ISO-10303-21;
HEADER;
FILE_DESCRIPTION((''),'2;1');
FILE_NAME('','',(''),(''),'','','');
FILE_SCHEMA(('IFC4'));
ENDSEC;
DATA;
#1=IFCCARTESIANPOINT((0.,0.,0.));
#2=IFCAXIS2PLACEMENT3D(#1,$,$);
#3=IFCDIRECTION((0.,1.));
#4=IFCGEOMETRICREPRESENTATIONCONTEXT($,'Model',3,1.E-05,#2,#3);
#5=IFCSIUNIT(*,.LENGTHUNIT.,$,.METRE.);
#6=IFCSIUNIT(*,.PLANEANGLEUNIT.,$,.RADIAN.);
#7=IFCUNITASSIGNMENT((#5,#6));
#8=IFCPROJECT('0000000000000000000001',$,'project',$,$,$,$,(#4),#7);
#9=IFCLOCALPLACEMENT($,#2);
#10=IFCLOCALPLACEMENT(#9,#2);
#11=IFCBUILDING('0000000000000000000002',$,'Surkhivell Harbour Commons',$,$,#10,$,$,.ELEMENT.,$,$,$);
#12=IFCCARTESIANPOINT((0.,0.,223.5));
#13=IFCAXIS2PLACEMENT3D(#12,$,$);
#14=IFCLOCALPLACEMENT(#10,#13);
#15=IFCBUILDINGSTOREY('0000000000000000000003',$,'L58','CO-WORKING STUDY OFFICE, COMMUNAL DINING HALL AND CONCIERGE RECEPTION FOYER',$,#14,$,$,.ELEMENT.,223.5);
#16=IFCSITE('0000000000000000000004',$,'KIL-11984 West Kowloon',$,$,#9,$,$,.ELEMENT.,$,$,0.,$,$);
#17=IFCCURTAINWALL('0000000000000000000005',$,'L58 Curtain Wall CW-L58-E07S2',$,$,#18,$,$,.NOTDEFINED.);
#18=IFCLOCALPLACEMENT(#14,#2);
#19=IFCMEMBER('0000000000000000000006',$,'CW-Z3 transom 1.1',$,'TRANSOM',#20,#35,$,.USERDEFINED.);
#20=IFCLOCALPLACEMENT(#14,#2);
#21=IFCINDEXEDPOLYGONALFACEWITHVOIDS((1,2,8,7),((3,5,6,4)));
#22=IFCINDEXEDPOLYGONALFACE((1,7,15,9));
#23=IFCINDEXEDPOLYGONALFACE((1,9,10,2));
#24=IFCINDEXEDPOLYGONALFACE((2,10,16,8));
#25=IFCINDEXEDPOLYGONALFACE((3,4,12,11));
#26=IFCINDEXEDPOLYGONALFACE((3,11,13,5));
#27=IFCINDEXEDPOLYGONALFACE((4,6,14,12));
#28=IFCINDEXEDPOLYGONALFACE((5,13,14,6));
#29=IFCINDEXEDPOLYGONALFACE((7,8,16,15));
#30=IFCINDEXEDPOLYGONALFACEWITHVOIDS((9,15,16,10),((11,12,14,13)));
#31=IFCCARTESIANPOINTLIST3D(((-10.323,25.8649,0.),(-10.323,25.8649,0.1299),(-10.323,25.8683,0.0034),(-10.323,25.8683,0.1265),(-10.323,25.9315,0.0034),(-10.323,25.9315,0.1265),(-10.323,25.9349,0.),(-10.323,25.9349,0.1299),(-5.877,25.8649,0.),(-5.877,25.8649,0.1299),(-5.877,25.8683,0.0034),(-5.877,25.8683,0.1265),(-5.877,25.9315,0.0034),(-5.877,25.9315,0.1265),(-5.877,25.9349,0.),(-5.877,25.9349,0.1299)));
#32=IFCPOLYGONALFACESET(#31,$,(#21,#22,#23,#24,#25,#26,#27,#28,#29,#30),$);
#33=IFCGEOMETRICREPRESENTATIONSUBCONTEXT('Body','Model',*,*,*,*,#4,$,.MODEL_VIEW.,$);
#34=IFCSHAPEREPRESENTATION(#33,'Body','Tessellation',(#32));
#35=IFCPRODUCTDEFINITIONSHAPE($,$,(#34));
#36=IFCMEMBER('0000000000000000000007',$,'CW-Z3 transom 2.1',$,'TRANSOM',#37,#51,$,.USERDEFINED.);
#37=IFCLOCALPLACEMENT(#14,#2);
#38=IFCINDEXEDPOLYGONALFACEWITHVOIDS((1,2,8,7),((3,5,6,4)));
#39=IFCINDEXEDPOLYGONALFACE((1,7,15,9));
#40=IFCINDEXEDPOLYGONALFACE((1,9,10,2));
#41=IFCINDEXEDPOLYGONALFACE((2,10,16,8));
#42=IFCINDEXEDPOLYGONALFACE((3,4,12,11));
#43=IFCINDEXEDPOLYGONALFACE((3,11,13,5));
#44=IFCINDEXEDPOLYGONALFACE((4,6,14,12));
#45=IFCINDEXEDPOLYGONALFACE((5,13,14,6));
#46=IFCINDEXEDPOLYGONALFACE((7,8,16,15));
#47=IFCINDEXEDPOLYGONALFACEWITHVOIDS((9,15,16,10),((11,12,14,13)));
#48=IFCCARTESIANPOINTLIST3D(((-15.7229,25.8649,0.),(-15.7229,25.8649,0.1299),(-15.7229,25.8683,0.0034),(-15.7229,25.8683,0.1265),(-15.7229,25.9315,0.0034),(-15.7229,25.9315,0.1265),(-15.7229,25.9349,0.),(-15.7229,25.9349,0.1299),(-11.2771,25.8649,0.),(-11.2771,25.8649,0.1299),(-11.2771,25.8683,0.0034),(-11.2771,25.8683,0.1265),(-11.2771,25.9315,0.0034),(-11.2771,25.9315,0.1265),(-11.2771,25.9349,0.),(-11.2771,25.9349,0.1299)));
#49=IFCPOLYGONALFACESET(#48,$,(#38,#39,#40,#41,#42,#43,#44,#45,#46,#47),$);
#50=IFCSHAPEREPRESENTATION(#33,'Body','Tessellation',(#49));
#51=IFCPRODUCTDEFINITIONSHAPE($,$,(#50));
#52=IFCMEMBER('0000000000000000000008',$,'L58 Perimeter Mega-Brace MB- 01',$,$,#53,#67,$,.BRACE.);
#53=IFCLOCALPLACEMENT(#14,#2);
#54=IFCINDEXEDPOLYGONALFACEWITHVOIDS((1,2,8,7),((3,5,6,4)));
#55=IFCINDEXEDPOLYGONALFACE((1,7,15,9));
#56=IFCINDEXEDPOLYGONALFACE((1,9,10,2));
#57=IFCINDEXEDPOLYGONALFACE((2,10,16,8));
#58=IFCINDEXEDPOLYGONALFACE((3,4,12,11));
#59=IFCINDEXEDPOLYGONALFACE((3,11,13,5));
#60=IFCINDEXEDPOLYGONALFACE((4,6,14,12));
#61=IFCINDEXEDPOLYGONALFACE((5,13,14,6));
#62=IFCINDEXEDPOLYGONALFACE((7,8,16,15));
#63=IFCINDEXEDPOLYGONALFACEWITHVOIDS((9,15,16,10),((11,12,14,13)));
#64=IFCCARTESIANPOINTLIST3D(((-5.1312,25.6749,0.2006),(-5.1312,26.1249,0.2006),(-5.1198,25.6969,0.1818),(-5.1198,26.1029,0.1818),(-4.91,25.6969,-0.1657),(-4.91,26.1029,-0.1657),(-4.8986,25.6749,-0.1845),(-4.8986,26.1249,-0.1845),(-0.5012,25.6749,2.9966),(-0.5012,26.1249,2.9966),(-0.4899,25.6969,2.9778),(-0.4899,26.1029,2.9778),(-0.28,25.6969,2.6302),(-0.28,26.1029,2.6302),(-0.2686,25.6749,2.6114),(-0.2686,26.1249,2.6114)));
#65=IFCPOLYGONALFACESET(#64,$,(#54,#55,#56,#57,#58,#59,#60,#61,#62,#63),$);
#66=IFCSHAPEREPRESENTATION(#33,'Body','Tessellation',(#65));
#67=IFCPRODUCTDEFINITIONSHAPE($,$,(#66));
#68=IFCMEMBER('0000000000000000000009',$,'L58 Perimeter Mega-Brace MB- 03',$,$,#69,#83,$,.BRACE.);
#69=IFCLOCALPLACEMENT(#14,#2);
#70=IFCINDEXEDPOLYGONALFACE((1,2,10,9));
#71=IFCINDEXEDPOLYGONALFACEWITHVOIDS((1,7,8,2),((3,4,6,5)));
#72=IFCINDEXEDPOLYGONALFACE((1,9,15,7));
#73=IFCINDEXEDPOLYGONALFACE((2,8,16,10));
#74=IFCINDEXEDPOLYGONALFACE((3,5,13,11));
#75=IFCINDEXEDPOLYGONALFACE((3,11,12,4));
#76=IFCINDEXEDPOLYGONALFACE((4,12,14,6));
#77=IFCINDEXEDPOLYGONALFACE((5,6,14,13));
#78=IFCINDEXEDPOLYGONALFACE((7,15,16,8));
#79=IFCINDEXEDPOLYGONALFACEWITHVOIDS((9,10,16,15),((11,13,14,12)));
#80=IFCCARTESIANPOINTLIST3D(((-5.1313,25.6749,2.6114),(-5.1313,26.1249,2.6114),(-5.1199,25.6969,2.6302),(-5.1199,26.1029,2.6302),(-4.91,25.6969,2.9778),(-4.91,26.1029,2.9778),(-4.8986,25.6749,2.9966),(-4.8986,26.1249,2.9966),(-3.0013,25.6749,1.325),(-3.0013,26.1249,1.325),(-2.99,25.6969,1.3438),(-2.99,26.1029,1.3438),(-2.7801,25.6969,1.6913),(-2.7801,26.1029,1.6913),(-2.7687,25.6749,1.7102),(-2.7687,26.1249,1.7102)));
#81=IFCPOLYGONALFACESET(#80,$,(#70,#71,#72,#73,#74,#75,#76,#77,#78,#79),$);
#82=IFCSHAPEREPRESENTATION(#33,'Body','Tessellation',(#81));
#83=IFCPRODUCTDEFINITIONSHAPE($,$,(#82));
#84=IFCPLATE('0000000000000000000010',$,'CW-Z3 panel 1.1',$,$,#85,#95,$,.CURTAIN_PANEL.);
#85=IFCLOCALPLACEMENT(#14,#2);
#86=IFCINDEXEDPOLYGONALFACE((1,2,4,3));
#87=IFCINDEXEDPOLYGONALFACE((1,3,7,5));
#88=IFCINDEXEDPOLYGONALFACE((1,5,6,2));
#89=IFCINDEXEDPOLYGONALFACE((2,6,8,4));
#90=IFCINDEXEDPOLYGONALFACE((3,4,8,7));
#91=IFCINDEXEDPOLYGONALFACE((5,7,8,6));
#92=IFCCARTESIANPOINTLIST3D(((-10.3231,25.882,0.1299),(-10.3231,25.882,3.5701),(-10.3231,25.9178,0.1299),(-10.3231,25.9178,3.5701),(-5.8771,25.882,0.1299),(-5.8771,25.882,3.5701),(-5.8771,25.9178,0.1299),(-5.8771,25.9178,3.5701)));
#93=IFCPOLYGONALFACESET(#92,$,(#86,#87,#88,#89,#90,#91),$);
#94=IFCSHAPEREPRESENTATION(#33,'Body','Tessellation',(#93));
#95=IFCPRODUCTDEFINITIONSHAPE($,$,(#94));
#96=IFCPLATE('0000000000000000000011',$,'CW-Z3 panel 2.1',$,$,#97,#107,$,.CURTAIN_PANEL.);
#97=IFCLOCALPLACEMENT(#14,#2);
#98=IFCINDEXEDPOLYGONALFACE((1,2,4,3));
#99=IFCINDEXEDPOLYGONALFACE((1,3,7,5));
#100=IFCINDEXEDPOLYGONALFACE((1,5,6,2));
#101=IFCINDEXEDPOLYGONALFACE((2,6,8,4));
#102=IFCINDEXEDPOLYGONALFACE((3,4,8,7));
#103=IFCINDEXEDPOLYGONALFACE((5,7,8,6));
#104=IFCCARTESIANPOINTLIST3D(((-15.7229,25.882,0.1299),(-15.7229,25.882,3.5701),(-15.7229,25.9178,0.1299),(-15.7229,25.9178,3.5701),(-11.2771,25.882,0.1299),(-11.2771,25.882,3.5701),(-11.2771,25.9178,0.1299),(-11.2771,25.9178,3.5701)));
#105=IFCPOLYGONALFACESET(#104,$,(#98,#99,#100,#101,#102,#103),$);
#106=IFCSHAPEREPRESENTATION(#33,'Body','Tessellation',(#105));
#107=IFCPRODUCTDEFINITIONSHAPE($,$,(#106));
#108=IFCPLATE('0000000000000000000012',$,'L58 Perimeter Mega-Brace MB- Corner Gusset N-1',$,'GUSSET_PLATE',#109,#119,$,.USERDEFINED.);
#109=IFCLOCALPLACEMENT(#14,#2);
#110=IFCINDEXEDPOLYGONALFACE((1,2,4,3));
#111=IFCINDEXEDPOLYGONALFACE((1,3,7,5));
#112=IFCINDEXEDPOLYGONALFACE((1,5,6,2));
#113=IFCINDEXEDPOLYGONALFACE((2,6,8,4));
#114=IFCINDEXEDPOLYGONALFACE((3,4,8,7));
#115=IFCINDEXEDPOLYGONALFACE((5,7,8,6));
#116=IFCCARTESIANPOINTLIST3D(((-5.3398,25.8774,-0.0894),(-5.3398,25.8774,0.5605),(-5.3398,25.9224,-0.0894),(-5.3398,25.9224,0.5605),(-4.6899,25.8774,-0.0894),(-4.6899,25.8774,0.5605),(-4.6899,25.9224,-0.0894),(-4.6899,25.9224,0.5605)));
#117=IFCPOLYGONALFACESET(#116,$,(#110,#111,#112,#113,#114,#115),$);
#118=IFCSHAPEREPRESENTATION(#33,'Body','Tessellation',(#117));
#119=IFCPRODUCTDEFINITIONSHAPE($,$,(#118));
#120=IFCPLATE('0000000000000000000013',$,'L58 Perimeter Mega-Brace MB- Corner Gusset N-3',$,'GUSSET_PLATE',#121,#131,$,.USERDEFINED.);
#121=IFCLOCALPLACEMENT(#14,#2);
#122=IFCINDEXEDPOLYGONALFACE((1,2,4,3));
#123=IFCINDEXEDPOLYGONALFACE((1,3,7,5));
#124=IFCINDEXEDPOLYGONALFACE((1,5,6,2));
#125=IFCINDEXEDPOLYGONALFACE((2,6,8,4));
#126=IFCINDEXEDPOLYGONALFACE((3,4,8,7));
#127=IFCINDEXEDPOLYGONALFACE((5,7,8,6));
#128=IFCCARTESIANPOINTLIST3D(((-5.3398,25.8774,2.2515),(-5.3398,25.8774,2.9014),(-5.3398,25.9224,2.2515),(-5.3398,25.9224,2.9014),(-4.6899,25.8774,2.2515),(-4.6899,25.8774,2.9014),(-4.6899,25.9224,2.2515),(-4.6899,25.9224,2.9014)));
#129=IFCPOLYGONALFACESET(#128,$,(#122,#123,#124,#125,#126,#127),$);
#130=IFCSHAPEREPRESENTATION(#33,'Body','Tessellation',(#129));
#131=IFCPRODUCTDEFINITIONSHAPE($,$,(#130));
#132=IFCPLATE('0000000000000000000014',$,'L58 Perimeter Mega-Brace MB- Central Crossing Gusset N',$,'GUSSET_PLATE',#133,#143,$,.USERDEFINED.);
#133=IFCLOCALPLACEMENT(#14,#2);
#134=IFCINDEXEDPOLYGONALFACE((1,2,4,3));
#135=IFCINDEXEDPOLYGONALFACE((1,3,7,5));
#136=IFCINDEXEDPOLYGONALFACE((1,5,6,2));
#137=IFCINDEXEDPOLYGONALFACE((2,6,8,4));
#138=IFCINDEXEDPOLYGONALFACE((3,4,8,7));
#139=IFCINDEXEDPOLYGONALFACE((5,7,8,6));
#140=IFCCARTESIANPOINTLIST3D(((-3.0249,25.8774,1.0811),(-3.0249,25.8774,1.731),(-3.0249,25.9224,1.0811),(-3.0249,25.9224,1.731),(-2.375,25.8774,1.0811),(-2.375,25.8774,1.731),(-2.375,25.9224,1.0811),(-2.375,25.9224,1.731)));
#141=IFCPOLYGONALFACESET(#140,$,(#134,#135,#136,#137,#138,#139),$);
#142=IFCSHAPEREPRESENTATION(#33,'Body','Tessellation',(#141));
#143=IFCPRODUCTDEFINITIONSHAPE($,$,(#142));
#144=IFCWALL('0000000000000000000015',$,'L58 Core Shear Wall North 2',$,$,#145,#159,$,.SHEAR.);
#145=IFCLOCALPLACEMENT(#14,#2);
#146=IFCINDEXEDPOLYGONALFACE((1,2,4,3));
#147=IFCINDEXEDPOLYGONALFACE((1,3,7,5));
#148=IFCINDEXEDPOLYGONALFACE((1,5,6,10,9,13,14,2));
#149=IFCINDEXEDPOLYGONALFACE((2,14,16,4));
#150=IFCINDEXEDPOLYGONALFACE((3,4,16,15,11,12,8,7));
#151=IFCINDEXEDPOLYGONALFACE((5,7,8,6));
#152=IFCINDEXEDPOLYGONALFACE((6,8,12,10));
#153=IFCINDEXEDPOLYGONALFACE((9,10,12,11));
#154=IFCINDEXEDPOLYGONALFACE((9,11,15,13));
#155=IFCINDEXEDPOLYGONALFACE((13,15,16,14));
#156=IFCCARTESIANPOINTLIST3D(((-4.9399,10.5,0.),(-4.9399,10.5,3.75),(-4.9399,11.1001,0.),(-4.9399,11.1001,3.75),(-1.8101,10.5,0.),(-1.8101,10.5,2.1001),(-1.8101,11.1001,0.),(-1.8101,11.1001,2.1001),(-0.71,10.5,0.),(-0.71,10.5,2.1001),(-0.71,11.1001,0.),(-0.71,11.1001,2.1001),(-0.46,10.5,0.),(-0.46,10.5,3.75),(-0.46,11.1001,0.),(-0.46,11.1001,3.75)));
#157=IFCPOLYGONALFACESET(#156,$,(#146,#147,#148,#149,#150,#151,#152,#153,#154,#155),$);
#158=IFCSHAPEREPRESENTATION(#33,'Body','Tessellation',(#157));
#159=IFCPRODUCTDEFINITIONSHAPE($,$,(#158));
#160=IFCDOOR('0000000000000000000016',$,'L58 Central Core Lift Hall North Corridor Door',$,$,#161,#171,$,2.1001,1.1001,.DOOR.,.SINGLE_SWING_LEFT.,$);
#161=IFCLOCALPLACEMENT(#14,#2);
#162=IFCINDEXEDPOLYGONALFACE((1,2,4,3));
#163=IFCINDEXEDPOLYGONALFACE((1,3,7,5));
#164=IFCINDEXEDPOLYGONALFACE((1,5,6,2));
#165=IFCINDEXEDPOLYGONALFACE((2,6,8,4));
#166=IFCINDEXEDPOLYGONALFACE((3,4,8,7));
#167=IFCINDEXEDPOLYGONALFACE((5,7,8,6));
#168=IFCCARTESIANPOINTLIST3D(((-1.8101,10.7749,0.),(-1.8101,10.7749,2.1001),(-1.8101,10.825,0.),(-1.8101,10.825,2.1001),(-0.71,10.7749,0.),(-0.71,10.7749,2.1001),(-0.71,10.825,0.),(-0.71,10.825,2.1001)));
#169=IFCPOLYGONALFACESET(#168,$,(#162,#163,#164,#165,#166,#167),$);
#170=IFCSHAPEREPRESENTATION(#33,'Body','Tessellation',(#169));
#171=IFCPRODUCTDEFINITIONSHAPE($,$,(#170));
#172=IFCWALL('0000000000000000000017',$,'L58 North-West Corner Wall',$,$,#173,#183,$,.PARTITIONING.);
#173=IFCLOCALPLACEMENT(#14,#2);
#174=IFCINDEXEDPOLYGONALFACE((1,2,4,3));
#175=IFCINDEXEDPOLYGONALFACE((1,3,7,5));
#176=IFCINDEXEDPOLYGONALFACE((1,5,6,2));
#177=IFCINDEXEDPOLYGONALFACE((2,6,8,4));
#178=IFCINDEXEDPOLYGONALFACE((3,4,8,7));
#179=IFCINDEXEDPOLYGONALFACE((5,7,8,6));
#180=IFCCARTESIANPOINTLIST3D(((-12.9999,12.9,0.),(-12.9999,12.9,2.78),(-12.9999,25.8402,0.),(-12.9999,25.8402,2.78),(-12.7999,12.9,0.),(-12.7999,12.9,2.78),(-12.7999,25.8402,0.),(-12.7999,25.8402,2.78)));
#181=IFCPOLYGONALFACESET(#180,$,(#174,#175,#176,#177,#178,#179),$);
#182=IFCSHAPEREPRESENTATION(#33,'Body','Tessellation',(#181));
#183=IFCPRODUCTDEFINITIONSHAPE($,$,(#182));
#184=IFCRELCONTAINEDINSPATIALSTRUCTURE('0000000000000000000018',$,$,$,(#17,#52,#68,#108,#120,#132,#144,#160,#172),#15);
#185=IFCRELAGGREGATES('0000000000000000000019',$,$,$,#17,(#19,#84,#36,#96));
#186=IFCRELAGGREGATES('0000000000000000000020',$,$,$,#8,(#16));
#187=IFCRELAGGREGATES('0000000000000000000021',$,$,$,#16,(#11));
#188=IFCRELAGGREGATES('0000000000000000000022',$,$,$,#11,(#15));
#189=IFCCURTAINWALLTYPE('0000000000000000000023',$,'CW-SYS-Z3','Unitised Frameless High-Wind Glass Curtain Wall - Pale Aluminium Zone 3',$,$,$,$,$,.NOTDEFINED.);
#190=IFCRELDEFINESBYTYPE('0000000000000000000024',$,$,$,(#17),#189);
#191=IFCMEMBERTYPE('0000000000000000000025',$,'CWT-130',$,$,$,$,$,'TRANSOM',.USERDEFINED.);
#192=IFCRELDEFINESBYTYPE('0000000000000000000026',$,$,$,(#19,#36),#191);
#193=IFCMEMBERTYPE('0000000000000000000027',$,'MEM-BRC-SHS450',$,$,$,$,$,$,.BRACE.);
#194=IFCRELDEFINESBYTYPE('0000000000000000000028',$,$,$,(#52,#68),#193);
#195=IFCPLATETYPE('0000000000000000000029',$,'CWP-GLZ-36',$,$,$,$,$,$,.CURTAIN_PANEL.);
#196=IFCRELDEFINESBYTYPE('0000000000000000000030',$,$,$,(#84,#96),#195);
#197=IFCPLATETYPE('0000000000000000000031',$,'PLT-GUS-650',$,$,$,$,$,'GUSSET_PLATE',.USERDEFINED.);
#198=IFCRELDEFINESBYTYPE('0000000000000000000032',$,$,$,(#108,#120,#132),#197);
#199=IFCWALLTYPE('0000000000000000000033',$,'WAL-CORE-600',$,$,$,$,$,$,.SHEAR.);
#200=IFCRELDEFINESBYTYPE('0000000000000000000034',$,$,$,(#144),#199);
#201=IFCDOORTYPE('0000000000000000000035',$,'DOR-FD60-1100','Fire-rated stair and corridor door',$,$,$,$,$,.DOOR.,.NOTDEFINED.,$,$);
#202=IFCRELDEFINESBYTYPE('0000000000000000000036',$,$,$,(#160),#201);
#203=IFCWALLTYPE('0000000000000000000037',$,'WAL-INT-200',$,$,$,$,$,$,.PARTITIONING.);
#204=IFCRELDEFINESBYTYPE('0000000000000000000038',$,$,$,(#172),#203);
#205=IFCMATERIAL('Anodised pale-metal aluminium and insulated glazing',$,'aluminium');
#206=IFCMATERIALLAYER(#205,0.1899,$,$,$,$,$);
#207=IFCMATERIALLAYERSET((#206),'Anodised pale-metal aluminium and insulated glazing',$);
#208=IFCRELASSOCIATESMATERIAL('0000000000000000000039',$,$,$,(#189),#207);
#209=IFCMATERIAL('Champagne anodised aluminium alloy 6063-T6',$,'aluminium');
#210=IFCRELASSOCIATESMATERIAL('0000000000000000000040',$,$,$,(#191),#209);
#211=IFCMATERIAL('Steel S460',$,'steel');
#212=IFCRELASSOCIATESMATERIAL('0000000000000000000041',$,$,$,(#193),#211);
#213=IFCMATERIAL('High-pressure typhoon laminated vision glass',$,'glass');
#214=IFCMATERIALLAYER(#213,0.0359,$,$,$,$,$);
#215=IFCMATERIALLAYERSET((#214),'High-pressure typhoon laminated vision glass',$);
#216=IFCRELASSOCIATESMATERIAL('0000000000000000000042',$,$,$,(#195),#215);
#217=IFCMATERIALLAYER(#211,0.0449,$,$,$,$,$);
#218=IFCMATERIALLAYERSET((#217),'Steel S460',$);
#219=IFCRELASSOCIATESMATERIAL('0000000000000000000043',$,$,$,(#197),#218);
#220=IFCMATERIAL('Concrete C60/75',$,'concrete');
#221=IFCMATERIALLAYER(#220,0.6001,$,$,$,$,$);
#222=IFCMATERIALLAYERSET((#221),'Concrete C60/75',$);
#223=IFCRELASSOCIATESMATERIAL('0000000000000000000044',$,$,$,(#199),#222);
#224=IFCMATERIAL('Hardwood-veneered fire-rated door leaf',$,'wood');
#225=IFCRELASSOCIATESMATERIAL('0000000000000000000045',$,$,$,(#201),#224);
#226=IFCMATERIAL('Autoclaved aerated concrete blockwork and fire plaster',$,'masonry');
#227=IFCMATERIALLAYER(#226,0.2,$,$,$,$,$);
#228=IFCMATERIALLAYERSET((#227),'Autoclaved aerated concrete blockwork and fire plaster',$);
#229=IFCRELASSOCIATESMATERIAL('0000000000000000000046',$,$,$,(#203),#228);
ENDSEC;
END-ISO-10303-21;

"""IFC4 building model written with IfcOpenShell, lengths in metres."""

from ifc_helpers import new_model, si_unit, direction, frame, frame_2d, origin, origin_2d, place, context, subcontext, project, spatial, rectangle, hollow_rectangle, extrude, material, layer, layer_set, material_profile, profile_set, type_object, element, fill, aggregate, save


model = new_model("IFC4")

# Units and contexts
model_context = context("Model", 3, precision=1e-05, world=origin(), true_north=direction((0.0, 1.0)))
body_context = subcontext(model_context, "Body", "Model", "MODEL_VIEW")
ifc_project = project(units=[si_unit("LENGTHUNIT", "METRE"), si_unit("PLANEANGLEUNIT", "RADIAN")], contexts=[model_context])

# Site, building, storey
site_placement = place(None, origin())
site = spatial("IfcSite", under=ifc_project, at=site_placement, Name="KIL-11984 West Kowloon", CompositionType="ELEMENT", RefElevation=0.0)
building_placement = place(site_placement, origin())
building = spatial("IfcBuilding", under=site, at=building_placement, Name="Surkhivell Harbour Commons", CompositionType="ELEMENT")
storey_placement = place(building_placement, frame((0.0, 0.0, 223.5)))
storey = spatial("IfcBuildingStorey", under=building, at=storey_placement, Name="L58", Description="CO-WORKING STUDY OFFICE, COMMUNAL DINING HALL AND CONCIERGE RECEPTION FOYER", CompositionType="ELEMENT", Elevation=223.5)

# Curtain wall, members
ifc_material_1 = material(Name="Anodised pale-metal aluminium and insulated glazing", Category="aluminium")
ifc_layer_1 = layer(ifc_material_1, 0.1899)
ifc_layer_set_1 = layer_set([ifc_layer_1], Name="Anodised pale-metal aluminium and insulated glazing")
curtain_wall_type = type_object("IfcCurtainWallType", Name="CW-SYS-Z3", Description="Unitised Frameless High-Wind Glass Curtain Wall - Pale Aluminium Zone 3", PredefinedType="NOTDEFINED", material=ifc_layer_set_1)
curtain_wall_placement = place(storey_placement, origin())
curtain_wall = element("IfcCurtainWall", 1, at=curtain_wall_placement, inside=storey, type_object=curtain_wall_type, Name="L58 Curtain Wall CW-L58-E07S2", PredefinedType="NOTDEFINED")
ifc_material_2 = material(Name="Champagne anodised aluminium alloy 6063-T6", Category="aluminium")
ifc_material_profile_1 = material_profile(ifc_material_2, hollow_rectangle(XDim=0.0701, YDim=0.1299, WallThickness=0.0034, at=origin_2d()), Name="ALU-TRAN-70x130")
ifc_profile_set_1 = profile_set([ifc_material_profile_1], Name="Champagne anodised aluminium alloy 6063-T6")
member_type_1 = type_object("IfcMemberType", Name="CWT-130", ElementType="TRANSOM", PredefinedType="USERDEFINED", material=ifc_profile_set_1)
member_1_placement = place(storey_placement, frame((-5.877, 25.8999, 0.0649), z_axis=(-1.0, 0.0, 0.0), x_axis=(0.0, -1.0, 0.0)))
member_1 = element("IfcMember", 2, at=member_1_placement, type_object=member_type_1, Name="CW-Z3 transom 1.1", ObjectType="TRANSOM", PredefinedType="USERDEFINED", context=body_context, shape_type="SweptSolid", body=[
    extrude(hollow_rectangle(XDim=0.0701, YDim=0.1299, WallThickness=0.0034, at=origin_2d()), origin(), (0.0, 0.0, 1.0), 4.446),
])
member_2_placement = place(storey_placement, frame((-11.2771, 25.8999, 0.0649), z_axis=(-1.0, 0.0, 0.0), x_axis=(0.0, -1.0, 0.0)))
member_2 = element("IfcMember", 3, at=member_2_placement, type_object=member_type_1, Name="CW-Z3 transom 2.1", ObjectType="TRANSOM", PredefinedType="USERDEFINED", context=body_context, shape_type="SweptSolid", body=[
    extrude(hollow_rectangle(XDim=0.0701, YDim=0.1299, WallThickness=0.0034, at=origin_2d()), origin(), (0.0, 0.0, 1.0), 4.4458),
])

# Members
ifc_material_3 = material(Name="Steel S460", Category="steel")
ifc_material_profile_2 = material_profile(ifc_material_3, hollow_rectangle(XDim=0.45, YDim=0.45, WallThickness=0.022, at=origin_2d()), Name="SHS450x450x22")
ifc_profile_set_2 = profile_set([ifc_material_profile_2], Name="Steel S460")
member_type_2 = type_object("IfcMemberType", Name="MEM-BRC-SHS450", PredefinedType="BRACE", material=ifc_profile_set_2)
member_3_placement = place(storey_placement, frame((-5.0149, 25.8999, 0.0081), z_axis=(0.856024, 0.0, 0.516937), x_axis=(0.0, 1.0, 0.0)))
element("IfcMember", 4, at=member_3_placement, inside=storey, type_object=member_type_2, Name="L58 Perimeter Mega-Brace MB- 01", PredefinedType="BRACE", context=body_context, shape_type="SweptSolid", body=[
    extrude(hollow_rectangle(XDim=0.45, YDim=0.45, WallThickness=0.022, at=origin_2d()), origin(), (0.0, 0.0, 1.0), 5.4087),
])
member_4_placement = place(storey_placement, frame((-2.885, 25.8999, 1.5176), z_axis=(-0.855992, 0.0, 0.51699), x_axis=(0.0, -1.0, 0.0)))
element("IfcMember", 5, at=member_4_placement, inside=storey, type_object=member_type_2, Name="L58 Perimeter Mega-Brace MB- 03", PredefinedType="BRACE", context=body_context, shape_type="SweptSolid", body=[
    extrude(hollow_rectangle(XDim=0.45, YDim=0.45, WallThickness=0.022, at=origin_2d()), origin(), (0.0, 0.0, 1.0), 2.4883),
])

# Plates
ifc_material_4 = material(Name="High-pressure typhoon laminated vision glass", Category="glass")
ifc_layer_2 = layer(ifc_material_4, 0.0359)
ifc_layer_set_2 = layer_set([ifc_layer_2], Name="High-pressure typhoon laminated vision glass")
plate_type_1 = type_object("IfcPlateType", Name="CWP-GLZ-36", PredefinedType="CURTAIN_PANEL", material=ifc_layer_set_2)
plate_1_placement = place(storey_placement, frame((-5.877, 25.8999, 0.1299), z_axis=(0.0, 0.0, 1.0), x_axis=(-1.0, 0.0, 0.0)))
plate_1 = element("IfcPlate", 6, at=plate_1_placement, type_object=plate_type_1, Name="CW-Z3 panel 1.1", PredefinedType="CURTAIN_PANEL", context=body_context, shape_type="SweptSolid", body=[
    extrude(rectangle(XDim=4.446, YDim=0.0359, at=frame_2d((2.2231, 0.0))), origin(), (0.0, 0.0, 1.0), 3.4402),
])
plate_2_placement = place(storey_placement, frame((-11.2771, 25.8999, 0.1299), z_axis=(0.0, 0.0, 1.0), x_axis=(-1.0, 0.0, 0.0)))
plate_2 = element("IfcPlate", 7, at=plate_2_placement, type_object=plate_type_1, Name="CW-Z3 panel 2.1", PredefinedType="CURTAIN_PANEL", context=body_context, shape_type="SweptSolid", body=[
    extrude(rectangle(XDim=4.4458, YDim=0.0359, at=frame_2d((2.2229, 0.0))), origin(), (0.0, 0.0, 1.0), 3.4402),
])
aggregate(curtain_wall, [member_1, plate_1, member_2, plate_2])

# Plates
ifc_layer_3 = layer(ifc_material_3, 0.0449)
ifc_layer_set_3 = layer_set([ifc_layer_3], Name="Steel S460")
plate_type_2 = type_object("IfcPlateType", Name="PLT-GUS-650", ElementType="GUSSET_PLATE", PredefinedType="USERDEFINED", material=ifc_layer_set_3)
for number, where, z_axis, x_axis, name in (
    (8, (-5.0149, 25.8999, -0.0894), (0.0, 0.0, 1.0), (1.0, 0.0, 0.0), "L58 Perimeter Mega-Brace MB- Corner Gusset N-1"),
    (9, (-5.0149, 25.8999, 2.2515), (0.0, 0.0, 1.0), (1.0, 0.0, 0.0), "L58 Perimeter Mega-Brace MB- Corner Gusset N-3"),
    (10, (-2.7, 25.8999, 1.0811), (0.0, 0.0, 1.0), (1.0, 0.0, 0.0), "L58 Perimeter Mega-Brace MB- Central Crossing Gusset N"),
):
    element("IfcPlate", number, at=place(storey_placement, frame(where, z_axis=z_axis, x_axis=x_axis)), inside=storey, type_object=plate_type_2, Name=name, ObjectType="GUSSET_PLATE", PredefinedType="USERDEFINED", context=body_context, shape_type="SweptSolid", body=[
        extrude(rectangle(XDim=0.6499, YDim=0.0449, at=origin_2d()), origin(), (0.0, 0.0, 1.0), 0.6499),
    ])

# Wall, opening, door
ifc_material_5 = material(Name="Concrete C60/75", Category="concrete")
ifc_layer_4 = layer(ifc_material_5, 0.6001)
ifc_layer_set_4 = layer_set([ifc_layer_4], Name="Concrete C60/75")
wall_type_1 = type_object("IfcWallType", Name="WAL-CORE-600", PredefinedType="SHEAR", material=ifc_layer_set_4)
wall_1_placement = place(storey_placement, frame((-4.9399, 10.8, 0.0), z_axis=(0.0, 0.0, 1.0), x_axis=(1.0, 0.0, 0.0)))
wall_1 = element("IfcWall", 11, at=wall_1_placement, inside=storey, type_object=wall_type_1, Name="L58 Core Shear Wall North 2", PredefinedType="SHEAR", context=body_context, shape_type="SweptSolid", body=[
    extrude(rectangle(XDim=4.48, YDim=0.6001, at=frame_2d((2.24, 0.0))), origin(), (0.0, 0.0, 1.0), 3.75),
])
opening_1_placement = place(wall_1_placement, frame((3.1299, 0.0, 0.0)))
opening_1 = element("IfcOpeningElement", 12, at=opening_1_placement, cuts=wall_1, PredefinedType="OPENING", context=body_context, shape_type="SweptSolid", body=[
    extrude(rectangle(XDim=1.1001, YDim=2.1001, at=frame_2d((0.55, 1.05))), frame((0.0, 0.3101, 0.0), z_axis=(0.0, -1.0, 0.0), x_axis=(1.0, 0.0, 0.0)), (0.0, 0.0, 1.0), 0.6201),
])
ifc_material_6 = material(Name="Hardwood-veneered fire-rated door leaf", Category="wood")
door_type_1 = type_object("IfcDoorType", Name="DOR-FD60-1100", Description="Fire-rated stair and corridor door", OperationType="NOTDEFINED", PredefinedType="DOOR", material=ifc_material_6)
door_1_placement = place(opening_1_placement, origin())
door_1 = element("IfcDoor", 13, at=door_1_placement, inside=storey, type_object=door_type_1, Name="L58 Central Core Lift Hall North Corridor Door", OperationType="SINGLE_SWING_LEFT", OverallHeight=2.1001, OverallWidth=1.1001, PredefinedType="DOOR", context=body_context, shape_type="SweptSolid", body=[
    extrude(rectangle(XDim=1.1001, YDim=2.1001, at=frame_2d((0.55, 1.05))), frame((0.0, 0.0249, 0.0), z_axis=(0.0, -1.0, 0.0), x_axis=(1.0, 0.0, 0.0)), (0.0, 0.0, 1.0), 0.05),
])
fill(opening_1, door_1)

# Wall
ifc_material_7 = material(Name="Autoclaved aerated concrete blockwork and fire plaster", Category="masonry")
ifc_layer_5 = layer(ifc_material_7, 0.2)
ifc_layer_set_5 = layer_set([ifc_layer_5], Name="Autoclaved aerated concrete blockwork and fire plaster")
wall_type_2 = type_object("IfcWallType", Name="WAL-INT-200", PredefinedType="PARTITIONING", material=ifc_layer_set_5)
wall_2_placement = place(storey_placement, frame((-12.8999, 12.8999, 0.0), z_axis=(0.0, 0.0, 1.0), x_axis=(0.0, 1.0, 0.0)))
element("IfcWall", 14, at=wall_2_placement, inside=storey, type_object=wall_type_2, Name="L58 North-West Corner Wall", PredefinedType="PARTITIONING", context=body_context, shape_type="SweptSolid", body=[
    extrude(rectangle(XDim=12.9402, YDim=0.2, at=frame_2d((6.4702, 0.0))), origin(), (0.0, 0.0, 1.0), 2.78),
])

save(model, "model.ifc")
